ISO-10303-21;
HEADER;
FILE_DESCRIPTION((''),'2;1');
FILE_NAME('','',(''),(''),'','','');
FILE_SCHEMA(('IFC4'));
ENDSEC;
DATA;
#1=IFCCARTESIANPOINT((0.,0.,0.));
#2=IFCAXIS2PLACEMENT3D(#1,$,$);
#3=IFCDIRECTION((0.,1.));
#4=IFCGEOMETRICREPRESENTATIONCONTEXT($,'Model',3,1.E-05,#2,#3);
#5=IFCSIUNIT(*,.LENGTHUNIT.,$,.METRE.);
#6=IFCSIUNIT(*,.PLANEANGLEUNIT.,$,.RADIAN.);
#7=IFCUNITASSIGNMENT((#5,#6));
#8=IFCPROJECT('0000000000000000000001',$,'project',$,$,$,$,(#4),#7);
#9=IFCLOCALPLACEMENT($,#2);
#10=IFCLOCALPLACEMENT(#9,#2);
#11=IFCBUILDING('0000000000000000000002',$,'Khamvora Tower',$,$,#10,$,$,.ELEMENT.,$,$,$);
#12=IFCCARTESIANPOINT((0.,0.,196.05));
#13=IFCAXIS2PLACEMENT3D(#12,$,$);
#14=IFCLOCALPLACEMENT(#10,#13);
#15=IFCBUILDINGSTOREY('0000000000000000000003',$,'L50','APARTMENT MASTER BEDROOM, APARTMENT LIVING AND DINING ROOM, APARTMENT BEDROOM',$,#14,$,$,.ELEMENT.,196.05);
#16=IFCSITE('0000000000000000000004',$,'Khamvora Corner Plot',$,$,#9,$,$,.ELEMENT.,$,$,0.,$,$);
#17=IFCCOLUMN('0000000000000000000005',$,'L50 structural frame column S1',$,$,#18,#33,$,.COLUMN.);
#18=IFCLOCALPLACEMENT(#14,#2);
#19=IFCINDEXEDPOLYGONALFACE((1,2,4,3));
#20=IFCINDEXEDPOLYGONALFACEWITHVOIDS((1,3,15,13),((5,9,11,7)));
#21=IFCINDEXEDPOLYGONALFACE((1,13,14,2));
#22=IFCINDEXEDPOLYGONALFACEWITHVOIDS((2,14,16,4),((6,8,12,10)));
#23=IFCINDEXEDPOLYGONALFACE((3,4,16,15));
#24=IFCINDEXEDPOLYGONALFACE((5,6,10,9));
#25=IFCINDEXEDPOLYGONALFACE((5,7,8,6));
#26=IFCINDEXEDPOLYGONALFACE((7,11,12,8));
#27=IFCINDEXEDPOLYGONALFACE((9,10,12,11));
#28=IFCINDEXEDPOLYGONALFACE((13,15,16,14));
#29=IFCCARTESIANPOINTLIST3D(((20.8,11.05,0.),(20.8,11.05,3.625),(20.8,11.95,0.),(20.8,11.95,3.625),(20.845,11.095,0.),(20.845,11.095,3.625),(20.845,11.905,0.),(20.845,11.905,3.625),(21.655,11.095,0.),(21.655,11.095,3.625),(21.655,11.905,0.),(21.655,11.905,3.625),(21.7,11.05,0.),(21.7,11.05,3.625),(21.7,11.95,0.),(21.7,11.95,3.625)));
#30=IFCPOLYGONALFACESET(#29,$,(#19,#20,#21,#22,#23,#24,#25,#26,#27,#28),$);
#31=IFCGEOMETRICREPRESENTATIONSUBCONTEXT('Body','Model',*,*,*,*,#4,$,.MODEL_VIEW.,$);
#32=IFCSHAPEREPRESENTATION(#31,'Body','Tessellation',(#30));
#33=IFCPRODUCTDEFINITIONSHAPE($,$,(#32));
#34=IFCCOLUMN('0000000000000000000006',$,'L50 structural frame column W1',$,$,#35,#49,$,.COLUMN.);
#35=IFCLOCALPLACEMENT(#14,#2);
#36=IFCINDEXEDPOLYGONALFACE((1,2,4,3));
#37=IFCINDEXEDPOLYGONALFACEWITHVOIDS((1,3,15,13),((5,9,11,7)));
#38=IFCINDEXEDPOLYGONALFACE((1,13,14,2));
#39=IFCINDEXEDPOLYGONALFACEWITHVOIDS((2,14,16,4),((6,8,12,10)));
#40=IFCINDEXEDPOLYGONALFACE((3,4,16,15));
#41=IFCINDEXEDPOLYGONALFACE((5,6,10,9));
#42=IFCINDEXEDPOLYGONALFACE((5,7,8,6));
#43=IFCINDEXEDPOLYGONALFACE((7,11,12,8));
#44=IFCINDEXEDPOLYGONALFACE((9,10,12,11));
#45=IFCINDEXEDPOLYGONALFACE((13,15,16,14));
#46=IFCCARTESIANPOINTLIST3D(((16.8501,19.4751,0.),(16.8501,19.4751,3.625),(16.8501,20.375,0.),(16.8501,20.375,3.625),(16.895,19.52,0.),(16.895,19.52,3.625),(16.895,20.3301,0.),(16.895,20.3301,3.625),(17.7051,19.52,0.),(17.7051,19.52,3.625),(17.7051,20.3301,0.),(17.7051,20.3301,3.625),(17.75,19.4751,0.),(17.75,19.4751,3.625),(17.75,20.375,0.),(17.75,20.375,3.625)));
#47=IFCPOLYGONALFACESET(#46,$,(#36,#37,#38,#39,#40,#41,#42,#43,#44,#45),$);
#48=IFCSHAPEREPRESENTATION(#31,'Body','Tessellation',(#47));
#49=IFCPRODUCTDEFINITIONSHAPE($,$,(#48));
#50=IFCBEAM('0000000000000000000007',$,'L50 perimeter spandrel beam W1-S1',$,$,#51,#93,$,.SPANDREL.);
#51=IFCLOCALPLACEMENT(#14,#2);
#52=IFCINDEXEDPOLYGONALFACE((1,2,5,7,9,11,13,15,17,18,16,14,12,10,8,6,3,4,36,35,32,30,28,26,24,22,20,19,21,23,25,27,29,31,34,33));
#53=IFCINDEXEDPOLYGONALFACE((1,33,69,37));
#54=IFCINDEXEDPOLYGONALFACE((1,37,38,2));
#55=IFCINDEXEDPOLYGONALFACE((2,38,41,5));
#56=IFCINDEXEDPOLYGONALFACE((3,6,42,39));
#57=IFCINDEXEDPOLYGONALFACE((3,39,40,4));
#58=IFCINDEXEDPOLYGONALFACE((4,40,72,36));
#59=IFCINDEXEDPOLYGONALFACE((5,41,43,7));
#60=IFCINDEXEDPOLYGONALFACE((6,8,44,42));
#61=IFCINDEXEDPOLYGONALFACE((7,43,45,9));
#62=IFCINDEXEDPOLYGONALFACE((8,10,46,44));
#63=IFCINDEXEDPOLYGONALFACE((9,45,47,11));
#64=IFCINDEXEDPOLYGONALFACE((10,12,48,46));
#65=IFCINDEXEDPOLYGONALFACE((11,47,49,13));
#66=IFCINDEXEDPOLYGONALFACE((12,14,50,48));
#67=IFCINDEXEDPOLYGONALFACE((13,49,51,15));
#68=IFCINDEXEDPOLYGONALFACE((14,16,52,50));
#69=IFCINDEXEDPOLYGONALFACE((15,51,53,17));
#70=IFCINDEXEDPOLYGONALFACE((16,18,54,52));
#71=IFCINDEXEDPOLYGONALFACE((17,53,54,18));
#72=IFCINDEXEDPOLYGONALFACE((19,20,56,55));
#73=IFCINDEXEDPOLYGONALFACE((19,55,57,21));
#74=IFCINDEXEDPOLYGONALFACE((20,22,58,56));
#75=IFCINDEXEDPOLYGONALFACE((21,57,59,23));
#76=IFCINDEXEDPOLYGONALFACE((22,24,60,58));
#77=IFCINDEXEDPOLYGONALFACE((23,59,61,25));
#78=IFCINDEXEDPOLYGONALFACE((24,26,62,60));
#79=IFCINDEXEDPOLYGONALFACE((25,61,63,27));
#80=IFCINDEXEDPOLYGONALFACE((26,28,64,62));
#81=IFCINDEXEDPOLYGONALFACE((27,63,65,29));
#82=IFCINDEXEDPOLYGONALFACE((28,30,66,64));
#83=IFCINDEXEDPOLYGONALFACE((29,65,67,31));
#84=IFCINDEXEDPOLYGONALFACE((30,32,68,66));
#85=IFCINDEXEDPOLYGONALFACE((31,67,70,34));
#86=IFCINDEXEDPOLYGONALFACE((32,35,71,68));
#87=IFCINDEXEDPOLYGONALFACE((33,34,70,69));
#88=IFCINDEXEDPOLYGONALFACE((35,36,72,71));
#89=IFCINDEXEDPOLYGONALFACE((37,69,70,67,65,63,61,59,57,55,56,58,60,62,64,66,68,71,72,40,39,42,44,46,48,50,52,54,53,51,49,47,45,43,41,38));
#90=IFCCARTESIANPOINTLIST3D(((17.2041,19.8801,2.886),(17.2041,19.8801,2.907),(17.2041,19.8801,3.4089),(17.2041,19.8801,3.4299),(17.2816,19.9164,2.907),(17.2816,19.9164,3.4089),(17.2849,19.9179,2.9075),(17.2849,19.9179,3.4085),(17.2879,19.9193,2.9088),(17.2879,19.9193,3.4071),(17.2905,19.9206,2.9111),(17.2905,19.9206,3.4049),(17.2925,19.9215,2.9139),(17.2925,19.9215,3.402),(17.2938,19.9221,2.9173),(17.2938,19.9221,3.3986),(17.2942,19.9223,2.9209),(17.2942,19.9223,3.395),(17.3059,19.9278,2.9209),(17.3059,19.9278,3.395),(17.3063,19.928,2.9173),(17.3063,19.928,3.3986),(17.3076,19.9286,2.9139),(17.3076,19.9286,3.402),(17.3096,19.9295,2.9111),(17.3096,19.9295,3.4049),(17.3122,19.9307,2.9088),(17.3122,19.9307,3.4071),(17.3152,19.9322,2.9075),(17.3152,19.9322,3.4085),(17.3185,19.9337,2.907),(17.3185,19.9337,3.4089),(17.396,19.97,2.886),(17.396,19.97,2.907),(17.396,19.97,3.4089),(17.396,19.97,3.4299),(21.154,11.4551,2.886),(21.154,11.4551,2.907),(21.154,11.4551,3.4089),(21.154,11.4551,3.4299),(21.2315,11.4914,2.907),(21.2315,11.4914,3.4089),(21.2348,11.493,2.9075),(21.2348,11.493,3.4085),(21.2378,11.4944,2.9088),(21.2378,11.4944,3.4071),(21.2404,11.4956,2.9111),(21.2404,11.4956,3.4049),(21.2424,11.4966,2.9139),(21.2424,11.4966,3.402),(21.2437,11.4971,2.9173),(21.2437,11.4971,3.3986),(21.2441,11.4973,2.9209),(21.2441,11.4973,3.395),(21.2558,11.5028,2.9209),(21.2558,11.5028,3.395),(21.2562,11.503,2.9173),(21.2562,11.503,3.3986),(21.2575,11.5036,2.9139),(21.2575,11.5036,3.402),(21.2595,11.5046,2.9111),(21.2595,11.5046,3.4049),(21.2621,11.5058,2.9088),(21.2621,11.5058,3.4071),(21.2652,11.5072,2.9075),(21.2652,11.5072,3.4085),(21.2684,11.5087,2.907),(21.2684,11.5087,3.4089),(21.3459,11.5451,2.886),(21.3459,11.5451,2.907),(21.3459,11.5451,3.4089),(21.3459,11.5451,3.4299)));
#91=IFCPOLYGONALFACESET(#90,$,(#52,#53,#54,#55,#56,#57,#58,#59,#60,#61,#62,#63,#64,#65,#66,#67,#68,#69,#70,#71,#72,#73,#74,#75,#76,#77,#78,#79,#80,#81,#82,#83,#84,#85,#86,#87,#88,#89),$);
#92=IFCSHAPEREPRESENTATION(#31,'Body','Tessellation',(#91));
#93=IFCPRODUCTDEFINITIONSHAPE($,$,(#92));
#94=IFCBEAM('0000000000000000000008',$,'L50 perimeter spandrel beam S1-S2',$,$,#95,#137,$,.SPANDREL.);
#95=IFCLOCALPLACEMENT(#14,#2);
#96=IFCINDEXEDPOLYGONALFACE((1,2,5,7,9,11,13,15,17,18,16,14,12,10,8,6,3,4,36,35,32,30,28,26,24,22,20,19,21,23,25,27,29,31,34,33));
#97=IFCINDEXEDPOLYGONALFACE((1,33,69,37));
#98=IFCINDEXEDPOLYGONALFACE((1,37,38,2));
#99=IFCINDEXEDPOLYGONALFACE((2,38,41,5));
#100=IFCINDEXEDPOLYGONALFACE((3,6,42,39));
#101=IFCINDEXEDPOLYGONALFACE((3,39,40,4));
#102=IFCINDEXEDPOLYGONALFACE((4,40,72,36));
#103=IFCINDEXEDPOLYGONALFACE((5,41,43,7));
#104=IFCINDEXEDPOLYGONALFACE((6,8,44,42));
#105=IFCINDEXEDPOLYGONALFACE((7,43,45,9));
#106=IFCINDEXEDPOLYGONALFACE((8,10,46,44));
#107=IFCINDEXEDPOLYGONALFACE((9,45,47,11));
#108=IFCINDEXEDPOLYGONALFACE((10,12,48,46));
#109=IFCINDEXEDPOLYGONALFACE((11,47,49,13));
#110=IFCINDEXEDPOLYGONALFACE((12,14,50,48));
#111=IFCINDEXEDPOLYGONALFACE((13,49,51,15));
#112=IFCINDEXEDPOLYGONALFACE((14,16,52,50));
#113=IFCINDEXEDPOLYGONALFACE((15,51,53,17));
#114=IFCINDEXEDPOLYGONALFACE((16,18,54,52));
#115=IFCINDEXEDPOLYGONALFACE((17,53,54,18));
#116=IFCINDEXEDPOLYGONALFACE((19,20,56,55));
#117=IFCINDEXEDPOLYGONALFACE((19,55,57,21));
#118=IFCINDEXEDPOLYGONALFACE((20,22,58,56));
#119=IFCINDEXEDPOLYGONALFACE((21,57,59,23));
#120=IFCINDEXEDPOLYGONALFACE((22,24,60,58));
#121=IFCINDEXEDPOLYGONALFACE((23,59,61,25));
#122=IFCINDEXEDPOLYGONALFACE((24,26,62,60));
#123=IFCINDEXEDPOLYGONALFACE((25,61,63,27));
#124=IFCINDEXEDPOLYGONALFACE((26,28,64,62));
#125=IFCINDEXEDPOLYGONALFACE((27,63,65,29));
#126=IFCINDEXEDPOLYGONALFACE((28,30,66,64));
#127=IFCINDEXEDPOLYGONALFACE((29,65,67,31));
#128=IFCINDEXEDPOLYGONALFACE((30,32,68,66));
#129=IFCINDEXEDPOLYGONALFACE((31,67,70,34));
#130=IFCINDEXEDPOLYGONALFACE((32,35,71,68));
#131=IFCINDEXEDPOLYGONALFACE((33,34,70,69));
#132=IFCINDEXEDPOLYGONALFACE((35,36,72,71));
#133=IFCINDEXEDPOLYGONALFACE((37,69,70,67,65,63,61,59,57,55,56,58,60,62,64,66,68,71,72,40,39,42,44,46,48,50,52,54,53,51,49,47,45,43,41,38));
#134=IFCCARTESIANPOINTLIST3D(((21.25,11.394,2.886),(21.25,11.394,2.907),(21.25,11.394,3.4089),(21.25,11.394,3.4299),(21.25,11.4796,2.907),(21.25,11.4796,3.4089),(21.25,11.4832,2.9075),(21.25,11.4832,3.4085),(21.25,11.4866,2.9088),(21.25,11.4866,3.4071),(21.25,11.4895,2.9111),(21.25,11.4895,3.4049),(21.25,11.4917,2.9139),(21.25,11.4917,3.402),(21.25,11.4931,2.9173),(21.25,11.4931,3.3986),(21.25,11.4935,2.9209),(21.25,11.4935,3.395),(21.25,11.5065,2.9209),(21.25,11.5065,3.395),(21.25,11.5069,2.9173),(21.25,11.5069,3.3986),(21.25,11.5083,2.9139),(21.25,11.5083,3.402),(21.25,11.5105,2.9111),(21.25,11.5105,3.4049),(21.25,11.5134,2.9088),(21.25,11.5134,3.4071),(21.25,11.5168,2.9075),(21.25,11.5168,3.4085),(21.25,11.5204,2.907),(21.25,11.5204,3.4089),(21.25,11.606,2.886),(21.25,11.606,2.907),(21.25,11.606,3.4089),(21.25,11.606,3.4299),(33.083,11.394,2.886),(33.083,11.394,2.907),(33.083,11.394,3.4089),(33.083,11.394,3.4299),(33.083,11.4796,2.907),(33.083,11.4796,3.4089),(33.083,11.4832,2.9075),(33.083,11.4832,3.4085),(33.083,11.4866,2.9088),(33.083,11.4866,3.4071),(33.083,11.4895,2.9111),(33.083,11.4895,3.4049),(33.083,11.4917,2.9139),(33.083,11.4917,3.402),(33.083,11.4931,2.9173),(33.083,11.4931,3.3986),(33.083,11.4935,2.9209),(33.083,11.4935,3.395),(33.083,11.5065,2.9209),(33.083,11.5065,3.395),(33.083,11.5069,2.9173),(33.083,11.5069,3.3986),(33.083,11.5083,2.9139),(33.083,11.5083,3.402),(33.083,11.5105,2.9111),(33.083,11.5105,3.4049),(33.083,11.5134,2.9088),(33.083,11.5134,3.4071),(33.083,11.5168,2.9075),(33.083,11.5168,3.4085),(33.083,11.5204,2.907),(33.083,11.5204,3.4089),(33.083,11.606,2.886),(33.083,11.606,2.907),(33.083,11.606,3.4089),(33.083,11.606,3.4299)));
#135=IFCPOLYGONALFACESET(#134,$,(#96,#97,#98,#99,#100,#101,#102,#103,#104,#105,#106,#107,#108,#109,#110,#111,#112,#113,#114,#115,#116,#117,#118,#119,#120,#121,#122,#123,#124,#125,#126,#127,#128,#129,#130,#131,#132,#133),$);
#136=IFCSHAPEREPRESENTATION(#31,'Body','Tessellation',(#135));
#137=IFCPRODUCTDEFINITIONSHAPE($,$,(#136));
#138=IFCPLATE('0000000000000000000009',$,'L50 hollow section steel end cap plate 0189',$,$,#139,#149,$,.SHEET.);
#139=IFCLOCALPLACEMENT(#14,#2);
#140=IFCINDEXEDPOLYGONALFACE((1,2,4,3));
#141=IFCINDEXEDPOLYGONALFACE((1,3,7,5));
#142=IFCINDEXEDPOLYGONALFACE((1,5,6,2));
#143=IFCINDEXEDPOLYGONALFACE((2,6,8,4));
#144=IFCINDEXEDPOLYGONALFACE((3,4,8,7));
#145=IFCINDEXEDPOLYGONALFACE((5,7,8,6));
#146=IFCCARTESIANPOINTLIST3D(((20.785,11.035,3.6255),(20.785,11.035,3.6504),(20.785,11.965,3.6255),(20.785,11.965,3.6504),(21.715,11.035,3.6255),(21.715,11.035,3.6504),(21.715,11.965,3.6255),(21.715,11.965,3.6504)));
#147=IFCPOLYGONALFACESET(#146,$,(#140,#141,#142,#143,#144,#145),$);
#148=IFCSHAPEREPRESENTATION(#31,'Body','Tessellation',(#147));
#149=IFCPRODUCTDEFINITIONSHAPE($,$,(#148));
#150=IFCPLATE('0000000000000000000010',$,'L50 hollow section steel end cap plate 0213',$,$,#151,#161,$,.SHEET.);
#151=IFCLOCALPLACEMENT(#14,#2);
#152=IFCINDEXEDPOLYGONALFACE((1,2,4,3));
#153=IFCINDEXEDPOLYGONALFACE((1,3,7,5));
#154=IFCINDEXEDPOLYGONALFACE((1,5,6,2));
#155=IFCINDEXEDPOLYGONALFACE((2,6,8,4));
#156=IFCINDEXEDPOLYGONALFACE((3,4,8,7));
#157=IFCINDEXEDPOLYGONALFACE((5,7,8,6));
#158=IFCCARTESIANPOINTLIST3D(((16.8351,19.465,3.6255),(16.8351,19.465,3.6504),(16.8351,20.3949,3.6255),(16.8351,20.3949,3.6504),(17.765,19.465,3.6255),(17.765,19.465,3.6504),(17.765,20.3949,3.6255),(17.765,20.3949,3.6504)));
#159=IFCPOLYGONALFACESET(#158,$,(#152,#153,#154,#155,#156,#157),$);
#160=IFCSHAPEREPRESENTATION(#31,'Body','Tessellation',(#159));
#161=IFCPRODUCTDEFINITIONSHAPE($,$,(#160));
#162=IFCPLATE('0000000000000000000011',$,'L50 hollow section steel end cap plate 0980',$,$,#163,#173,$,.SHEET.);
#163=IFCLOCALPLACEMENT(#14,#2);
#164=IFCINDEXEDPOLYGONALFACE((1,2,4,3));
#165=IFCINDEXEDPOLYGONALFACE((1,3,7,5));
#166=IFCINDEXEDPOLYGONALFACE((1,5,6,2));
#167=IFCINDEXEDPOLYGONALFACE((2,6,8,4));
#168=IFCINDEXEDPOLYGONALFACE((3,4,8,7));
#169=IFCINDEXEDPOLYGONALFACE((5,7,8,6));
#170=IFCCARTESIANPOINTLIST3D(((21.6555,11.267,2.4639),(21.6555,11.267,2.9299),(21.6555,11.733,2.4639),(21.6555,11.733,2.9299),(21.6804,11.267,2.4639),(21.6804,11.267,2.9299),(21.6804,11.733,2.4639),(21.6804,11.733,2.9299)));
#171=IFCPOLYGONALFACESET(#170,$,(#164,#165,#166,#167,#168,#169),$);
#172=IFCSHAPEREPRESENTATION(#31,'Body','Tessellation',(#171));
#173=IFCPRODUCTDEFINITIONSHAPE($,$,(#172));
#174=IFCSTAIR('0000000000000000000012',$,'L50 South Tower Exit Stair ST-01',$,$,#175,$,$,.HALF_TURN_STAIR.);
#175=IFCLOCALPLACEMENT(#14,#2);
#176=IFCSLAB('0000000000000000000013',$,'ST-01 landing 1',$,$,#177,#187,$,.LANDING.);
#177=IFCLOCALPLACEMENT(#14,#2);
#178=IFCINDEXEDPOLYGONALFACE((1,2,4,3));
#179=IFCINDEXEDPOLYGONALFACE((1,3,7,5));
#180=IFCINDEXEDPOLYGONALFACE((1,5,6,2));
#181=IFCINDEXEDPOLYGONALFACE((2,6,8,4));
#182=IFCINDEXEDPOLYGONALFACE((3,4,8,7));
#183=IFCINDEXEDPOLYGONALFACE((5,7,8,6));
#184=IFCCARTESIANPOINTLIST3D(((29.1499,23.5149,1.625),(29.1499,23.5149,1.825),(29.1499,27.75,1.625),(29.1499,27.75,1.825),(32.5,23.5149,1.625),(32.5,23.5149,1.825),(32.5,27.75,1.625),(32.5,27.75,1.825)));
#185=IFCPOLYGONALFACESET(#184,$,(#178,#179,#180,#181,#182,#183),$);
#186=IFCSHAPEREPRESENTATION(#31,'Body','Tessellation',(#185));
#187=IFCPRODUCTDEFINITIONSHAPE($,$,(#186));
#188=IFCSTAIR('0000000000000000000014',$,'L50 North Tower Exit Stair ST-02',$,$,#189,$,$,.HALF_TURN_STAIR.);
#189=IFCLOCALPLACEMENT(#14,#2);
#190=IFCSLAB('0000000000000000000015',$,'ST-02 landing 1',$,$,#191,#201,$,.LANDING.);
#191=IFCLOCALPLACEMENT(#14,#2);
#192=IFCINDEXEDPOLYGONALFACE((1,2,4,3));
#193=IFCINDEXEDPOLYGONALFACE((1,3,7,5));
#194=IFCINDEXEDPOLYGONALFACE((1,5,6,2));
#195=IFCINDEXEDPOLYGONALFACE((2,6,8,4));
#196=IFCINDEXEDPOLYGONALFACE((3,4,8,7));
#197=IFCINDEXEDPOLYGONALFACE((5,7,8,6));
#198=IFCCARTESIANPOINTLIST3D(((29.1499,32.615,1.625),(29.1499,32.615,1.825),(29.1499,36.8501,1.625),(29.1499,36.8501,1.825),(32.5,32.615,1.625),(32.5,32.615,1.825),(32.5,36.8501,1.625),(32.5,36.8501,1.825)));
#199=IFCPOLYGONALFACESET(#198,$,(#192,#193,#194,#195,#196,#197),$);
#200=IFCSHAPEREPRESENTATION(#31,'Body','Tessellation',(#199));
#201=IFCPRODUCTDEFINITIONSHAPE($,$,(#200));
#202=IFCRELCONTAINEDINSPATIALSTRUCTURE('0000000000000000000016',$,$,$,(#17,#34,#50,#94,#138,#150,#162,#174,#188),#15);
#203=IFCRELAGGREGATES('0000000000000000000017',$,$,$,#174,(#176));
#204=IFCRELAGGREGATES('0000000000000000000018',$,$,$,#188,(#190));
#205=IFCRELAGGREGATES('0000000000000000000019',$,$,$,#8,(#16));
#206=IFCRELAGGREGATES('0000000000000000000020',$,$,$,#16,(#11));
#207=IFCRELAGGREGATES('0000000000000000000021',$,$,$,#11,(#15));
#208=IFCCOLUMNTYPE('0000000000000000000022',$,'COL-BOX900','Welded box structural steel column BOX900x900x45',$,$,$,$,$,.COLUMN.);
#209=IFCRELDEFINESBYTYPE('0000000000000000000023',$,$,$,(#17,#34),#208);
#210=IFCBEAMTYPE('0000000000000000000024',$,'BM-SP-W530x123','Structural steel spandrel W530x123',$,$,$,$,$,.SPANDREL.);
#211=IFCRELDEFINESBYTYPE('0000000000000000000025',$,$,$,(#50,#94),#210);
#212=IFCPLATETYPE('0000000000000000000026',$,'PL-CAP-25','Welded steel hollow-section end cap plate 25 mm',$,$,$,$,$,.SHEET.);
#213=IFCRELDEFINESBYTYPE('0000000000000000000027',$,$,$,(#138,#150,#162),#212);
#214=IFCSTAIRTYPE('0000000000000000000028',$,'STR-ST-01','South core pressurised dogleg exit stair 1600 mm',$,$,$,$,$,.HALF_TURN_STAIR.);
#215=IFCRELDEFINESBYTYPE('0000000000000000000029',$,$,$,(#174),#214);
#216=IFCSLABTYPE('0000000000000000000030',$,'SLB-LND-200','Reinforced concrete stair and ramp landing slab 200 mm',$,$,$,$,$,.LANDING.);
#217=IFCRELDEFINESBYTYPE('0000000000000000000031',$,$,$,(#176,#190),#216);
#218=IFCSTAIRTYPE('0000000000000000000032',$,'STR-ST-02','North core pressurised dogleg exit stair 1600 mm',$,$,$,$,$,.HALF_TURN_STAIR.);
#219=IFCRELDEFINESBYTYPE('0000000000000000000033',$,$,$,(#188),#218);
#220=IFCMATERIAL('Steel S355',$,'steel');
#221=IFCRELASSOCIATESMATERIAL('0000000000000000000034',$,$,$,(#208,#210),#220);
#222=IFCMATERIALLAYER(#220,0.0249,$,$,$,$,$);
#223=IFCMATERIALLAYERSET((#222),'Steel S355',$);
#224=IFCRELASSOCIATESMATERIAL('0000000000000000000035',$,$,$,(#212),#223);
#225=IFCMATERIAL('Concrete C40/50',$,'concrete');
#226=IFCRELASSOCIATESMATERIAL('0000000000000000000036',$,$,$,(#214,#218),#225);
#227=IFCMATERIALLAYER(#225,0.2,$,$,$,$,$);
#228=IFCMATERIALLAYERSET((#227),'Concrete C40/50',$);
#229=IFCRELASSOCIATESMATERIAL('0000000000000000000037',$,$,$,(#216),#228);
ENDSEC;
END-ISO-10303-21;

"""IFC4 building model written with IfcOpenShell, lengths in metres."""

from ifc_helpers import new_model, si_unit, direction, frame, origin, origin_2d, place, context, subcontext, project, spatial, polyline, rectangle, hollow_rectangle, i_section, outline, extrude, material, layer, layer_set, material_profile, profile_set, type_object, element, aggregate, save


model = new_model("IFC4")

# Units and contexts
model_context = context("Model", 3, precision=1e-05, world=origin(), true_north=direction((0.0, 1.0)))
body_context = subcontext(model_context, "Body", "Model", "MODEL_VIEW")
ifc_project = project(units=[si_unit("LENGTHUNIT", "METRE"), si_unit("PLANEANGLEUNIT", "RADIAN")], contexts=[model_context])

# Site, building, storey
site_placement = place(None, origin())
site = spatial("IfcSite", under=ifc_project, at=site_placement, Name="Khamvora Corner Plot", CompositionType="ELEMENT", RefElevation=0.0)
building_placement = place(site_placement, origin())
building = spatial("IfcBuilding", under=site, at=building_placement, Name="Khamvora Tower", CompositionType="ELEMENT")
storey_placement = place(building_placement, frame((0.0, 0.0, 196.05)))
storey = spatial("IfcBuildingStorey", under=building, at=storey_placement, Name="L50", Description="APARTMENT MASTER BEDROOM, APARTMENT LIVING AND DINING ROOM, APARTMENT BEDROOM", CompositionType="ELEMENT", Elevation=196.05)

# Columns
ifc_material_1 = material(Name="Steel S355", Category="steel")
ifc_material_profile_1 = material_profile(ifc_material_1, hollow_rectangle(XDim=0.8999, YDim=0.8999, WallThickness=0.0449, at=origin_2d()), Name="BOX900x900x45")
ifc_profile_set_1 = profile_set([ifc_material_profile_1], Name="Steel S355")
column_type = type_object("IfcColumnType", Name="COL-BOX900", Description="Welded box structural steel column BOX900x900x45", PredefinedType="COLUMN", material=ifc_profile_set_1)
for number, where, z_axis, x_axis, name in (
    (1, (21.25, 11.5, 0.0), (0.0, 0.0, 1.0), (1.0, 0.0, 0.0), "L50 structural frame column S1"),
    (2, (17.3, 19.925, 0.0), (0.0, 0.0, 1.0), (1.0, 0.0, 0.0), "L50 structural frame column W1"),
):
    element("IfcColumn", number, at=place(storey_placement, frame(where, z_axis=z_axis, x_axis=x_axis)), inside=storey, type_object=column_type, Name=name, PredefinedType="COLUMN", context=body_context, shape_type="SweptSolid", body=[
        extrude(hollow_rectangle(XDim=0.8999, YDim=0.8999, WallThickness=0.0449, at=origin_2d()), origin(), (0.0, 0.0, 1.0), 3.625),
    ])

# Beams
ifc_material_profile_2 = material_profile(ifc_material_1, i_section(OverallWidth=0.2119, OverallDepth=0.5439, WebThickness=0.0129, FlangeThickness=0.021, FilletRadius=0.0139, at=origin_2d()), Name="W530x123")
ifc_profile_set_2 = profile_set([ifc_material_profile_2], Name="Steel S355")
beam_type = type_object("IfcBeamType", Name="BM-SP-W530x123", Description="Structural steel spandrel W530x123", PredefinedType="SPANDREL", material=ifc_profile_set_2)
beam_1_placement = place(storey_placement, frame((17.3, 19.925, 3.158), z_axis=(0.424496, -0.90543, 0.0), x_axis=(0.90543, 0.424496, 0.0)))
element("IfcBeam", 3, at=beam_1_placement, inside=storey, type_object=beam_type, Name="L50 perimeter spandrel beam W1-S1", PredefinedType="SPANDREL", context=body_context, shape_type="SweptSolid", body=[
    extrude(i_section(OverallWidth=0.2119, OverallDepth=0.5439, WebThickness=0.0129, FlangeThickness=0.021, FilletRadius=0.0139, at=origin_2d()), origin(), (0.0, 0.0, 1.0), 9.3049),
])
beam_2_placement = place(storey_placement, frame((21.25, 11.5, 3.158), z_axis=(1.0, 0.0, 0.0), x_axis=(0.0, 1.0, 0.0)))
element("IfcBeam", 4, at=beam_2_placement, inside=storey, type_object=beam_type, Name="L50 perimeter spandrel beam S1-S2", PredefinedType="SPANDREL", context=body_context, shape_type="SweptSolid", body=[
    extrude(i_section(OverallWidth=0.2119, OverallDepth=0.5439, WebThickness=0.0129, FlangeThickness=0.021, FilletRadius=0.0139, at=origin_2d()), origin(), (0.0, 0.0, 1.0), 11.833),
])

# Plates
ifc_layer_1 = layer(ifc_material_1, 0.0249)
ifc_layer_set_1 = layer_set([ifc_layer_1], Name="Steel S355")
plate_type = type_object("IfcPlateType", Name="PL-CAP-25", Description="Welded steel hollow-section end cap plate 25 mm", PredefinedType="SHEET", material=ifc_layer_set_1)
for number, where, z_axis, x_axis, name in (
    (5, (21.25, 11.5, 3.6255), (0.0, 0.0, 1.0), (1.0, 0.0, 0.0), "L50 hollow section steel end cap plate 0189"),
    (6, (17.3, 19.9299, 3.6255), (0.0, 0.0, 1.0), (1.0, 0.0, 0.0), "L50 hollow section steel end cap plate 0213"),
):
    element("IfcPlate", number, at=place(storey_placement, frame(where, z_axis=z_axis, x_axis=x_axis)), inside=storey, type_object=plate_type, Name=name, PredefinedType="SHEET", context=body_context, shape_type="SweptSolid", body=[
        extrude(rectangle(XDim=0.9299, YDim=0.9299, at=origin_2d()), origin(), (0.0, 0.0, 1.0), 0.0249),
    ])
plate_placement = place(storey_placement, frame((21.668, 11.5, 2.4639), z_axis=(0.0, 0.0, 1.0), x_axis=(1.0, 0.0, 0.0)))
element("IfcPlate", 7, at=plate_placement, inside=storey, type_object=plate_type, Name="L50 hollow section steel end cap plate 0980", PredefinedType="SHEET", context=body_context, shape_type="SweptSolid", body=[
    extrude(rectangle(XDim=0.0249, YDim=0.4661, at=origin_2d()), origin(), (0.0, 0.0, 1.0), 0.4661),
])

# Stairs, slabs
ifc_material_2 = material(Name="Concrete C40/50", Category="concrete")
stair_type_1 = type_object("IfcStairType", Name="STR-ST-01", Description="South core pressurised dogleg exit stair 1600 mm", PredefinedType="HALF_TURN_STAIR", material=ifc_material_2)
stair_1_placement = place(storey_placement, origin())
stair_1 = element("IfcStair", 8, at=stair_1_placement, inside=storey, type_object=stair_type_1, Name="L50 South Tower Exit Stair ST-01", PredefinedType="HALF_TURN_STAIR")
ifc_layer_2 = layer(ifc_material_2, 0.2)
ifc_layer_set_2 = layer_set([ifc_layer_2], Name="Concrete C40/50")
slab_type_1 = type_object("IfcSlabType", Name="SLB-LND-200", Description="Reinforced concrete stair and ramp landing slab 200 mm", PredefinedType="LANDING", material=ifc_layer_set_2)
slab_1_placement = place(storey_placement, frame((0.0, 0.0, 1.625)))
slab_1 = element("IfcSlab", 9, at=slab_1_placement, type_object=slab_type_1, Name="ST-01 landing 1", PredefinedType="LANDING", context=body_context, shape_type="SweptSolid", body=[
    extrude(outline(polyline([(32.5, 23.5149), (32.5, 27.75), (29.1499, 27.75), (29.1499, 23.5149), (32.5, 23.5149)])), origin(), (0.0, 0.0, 1.0), 0.2),
])
aggregate(stair_1, [slab_1])
stair_type_2 = type_object("IfcStairType", Name="STR-ST-02", Description="North core pressurised dogleg exit stair 1600 mm", PredefinedType="HALF_TURN_STAIR", material=ifc_material_2)
stair_2_placement = place(storey_placement, origin())
stair_2 = element("IfcStair", 10, at=stair_2_placement, inside=storey, type_object=stair_type_2, Name="L50 North Tower Exit Stair ST-02", PredefinedType="HALF_TURN_STAIR")
slab_2_placement = place(storey_placement, frame((0.0, 0.0, 1.625)))
slab_2 = element("IfcSlab", 11, at=slab_2_placement, type_object=slab_type_1, Name="ST-02 landing 1", PredefinedType="LANDING", context=body_context, shape_type="SweptSolid", body=[
    extrude(outline(polyline([(32.5, 32.615), (32.5, 36.8501), (29.1499, 36.8501), (29.1499, 32.615), (32.5, 32.615)])), origin(), (0.0, 0.0, 1.0), 0.2),
])
aggregate(stair_2, [slab_2])

save(model, "model.ifc")
